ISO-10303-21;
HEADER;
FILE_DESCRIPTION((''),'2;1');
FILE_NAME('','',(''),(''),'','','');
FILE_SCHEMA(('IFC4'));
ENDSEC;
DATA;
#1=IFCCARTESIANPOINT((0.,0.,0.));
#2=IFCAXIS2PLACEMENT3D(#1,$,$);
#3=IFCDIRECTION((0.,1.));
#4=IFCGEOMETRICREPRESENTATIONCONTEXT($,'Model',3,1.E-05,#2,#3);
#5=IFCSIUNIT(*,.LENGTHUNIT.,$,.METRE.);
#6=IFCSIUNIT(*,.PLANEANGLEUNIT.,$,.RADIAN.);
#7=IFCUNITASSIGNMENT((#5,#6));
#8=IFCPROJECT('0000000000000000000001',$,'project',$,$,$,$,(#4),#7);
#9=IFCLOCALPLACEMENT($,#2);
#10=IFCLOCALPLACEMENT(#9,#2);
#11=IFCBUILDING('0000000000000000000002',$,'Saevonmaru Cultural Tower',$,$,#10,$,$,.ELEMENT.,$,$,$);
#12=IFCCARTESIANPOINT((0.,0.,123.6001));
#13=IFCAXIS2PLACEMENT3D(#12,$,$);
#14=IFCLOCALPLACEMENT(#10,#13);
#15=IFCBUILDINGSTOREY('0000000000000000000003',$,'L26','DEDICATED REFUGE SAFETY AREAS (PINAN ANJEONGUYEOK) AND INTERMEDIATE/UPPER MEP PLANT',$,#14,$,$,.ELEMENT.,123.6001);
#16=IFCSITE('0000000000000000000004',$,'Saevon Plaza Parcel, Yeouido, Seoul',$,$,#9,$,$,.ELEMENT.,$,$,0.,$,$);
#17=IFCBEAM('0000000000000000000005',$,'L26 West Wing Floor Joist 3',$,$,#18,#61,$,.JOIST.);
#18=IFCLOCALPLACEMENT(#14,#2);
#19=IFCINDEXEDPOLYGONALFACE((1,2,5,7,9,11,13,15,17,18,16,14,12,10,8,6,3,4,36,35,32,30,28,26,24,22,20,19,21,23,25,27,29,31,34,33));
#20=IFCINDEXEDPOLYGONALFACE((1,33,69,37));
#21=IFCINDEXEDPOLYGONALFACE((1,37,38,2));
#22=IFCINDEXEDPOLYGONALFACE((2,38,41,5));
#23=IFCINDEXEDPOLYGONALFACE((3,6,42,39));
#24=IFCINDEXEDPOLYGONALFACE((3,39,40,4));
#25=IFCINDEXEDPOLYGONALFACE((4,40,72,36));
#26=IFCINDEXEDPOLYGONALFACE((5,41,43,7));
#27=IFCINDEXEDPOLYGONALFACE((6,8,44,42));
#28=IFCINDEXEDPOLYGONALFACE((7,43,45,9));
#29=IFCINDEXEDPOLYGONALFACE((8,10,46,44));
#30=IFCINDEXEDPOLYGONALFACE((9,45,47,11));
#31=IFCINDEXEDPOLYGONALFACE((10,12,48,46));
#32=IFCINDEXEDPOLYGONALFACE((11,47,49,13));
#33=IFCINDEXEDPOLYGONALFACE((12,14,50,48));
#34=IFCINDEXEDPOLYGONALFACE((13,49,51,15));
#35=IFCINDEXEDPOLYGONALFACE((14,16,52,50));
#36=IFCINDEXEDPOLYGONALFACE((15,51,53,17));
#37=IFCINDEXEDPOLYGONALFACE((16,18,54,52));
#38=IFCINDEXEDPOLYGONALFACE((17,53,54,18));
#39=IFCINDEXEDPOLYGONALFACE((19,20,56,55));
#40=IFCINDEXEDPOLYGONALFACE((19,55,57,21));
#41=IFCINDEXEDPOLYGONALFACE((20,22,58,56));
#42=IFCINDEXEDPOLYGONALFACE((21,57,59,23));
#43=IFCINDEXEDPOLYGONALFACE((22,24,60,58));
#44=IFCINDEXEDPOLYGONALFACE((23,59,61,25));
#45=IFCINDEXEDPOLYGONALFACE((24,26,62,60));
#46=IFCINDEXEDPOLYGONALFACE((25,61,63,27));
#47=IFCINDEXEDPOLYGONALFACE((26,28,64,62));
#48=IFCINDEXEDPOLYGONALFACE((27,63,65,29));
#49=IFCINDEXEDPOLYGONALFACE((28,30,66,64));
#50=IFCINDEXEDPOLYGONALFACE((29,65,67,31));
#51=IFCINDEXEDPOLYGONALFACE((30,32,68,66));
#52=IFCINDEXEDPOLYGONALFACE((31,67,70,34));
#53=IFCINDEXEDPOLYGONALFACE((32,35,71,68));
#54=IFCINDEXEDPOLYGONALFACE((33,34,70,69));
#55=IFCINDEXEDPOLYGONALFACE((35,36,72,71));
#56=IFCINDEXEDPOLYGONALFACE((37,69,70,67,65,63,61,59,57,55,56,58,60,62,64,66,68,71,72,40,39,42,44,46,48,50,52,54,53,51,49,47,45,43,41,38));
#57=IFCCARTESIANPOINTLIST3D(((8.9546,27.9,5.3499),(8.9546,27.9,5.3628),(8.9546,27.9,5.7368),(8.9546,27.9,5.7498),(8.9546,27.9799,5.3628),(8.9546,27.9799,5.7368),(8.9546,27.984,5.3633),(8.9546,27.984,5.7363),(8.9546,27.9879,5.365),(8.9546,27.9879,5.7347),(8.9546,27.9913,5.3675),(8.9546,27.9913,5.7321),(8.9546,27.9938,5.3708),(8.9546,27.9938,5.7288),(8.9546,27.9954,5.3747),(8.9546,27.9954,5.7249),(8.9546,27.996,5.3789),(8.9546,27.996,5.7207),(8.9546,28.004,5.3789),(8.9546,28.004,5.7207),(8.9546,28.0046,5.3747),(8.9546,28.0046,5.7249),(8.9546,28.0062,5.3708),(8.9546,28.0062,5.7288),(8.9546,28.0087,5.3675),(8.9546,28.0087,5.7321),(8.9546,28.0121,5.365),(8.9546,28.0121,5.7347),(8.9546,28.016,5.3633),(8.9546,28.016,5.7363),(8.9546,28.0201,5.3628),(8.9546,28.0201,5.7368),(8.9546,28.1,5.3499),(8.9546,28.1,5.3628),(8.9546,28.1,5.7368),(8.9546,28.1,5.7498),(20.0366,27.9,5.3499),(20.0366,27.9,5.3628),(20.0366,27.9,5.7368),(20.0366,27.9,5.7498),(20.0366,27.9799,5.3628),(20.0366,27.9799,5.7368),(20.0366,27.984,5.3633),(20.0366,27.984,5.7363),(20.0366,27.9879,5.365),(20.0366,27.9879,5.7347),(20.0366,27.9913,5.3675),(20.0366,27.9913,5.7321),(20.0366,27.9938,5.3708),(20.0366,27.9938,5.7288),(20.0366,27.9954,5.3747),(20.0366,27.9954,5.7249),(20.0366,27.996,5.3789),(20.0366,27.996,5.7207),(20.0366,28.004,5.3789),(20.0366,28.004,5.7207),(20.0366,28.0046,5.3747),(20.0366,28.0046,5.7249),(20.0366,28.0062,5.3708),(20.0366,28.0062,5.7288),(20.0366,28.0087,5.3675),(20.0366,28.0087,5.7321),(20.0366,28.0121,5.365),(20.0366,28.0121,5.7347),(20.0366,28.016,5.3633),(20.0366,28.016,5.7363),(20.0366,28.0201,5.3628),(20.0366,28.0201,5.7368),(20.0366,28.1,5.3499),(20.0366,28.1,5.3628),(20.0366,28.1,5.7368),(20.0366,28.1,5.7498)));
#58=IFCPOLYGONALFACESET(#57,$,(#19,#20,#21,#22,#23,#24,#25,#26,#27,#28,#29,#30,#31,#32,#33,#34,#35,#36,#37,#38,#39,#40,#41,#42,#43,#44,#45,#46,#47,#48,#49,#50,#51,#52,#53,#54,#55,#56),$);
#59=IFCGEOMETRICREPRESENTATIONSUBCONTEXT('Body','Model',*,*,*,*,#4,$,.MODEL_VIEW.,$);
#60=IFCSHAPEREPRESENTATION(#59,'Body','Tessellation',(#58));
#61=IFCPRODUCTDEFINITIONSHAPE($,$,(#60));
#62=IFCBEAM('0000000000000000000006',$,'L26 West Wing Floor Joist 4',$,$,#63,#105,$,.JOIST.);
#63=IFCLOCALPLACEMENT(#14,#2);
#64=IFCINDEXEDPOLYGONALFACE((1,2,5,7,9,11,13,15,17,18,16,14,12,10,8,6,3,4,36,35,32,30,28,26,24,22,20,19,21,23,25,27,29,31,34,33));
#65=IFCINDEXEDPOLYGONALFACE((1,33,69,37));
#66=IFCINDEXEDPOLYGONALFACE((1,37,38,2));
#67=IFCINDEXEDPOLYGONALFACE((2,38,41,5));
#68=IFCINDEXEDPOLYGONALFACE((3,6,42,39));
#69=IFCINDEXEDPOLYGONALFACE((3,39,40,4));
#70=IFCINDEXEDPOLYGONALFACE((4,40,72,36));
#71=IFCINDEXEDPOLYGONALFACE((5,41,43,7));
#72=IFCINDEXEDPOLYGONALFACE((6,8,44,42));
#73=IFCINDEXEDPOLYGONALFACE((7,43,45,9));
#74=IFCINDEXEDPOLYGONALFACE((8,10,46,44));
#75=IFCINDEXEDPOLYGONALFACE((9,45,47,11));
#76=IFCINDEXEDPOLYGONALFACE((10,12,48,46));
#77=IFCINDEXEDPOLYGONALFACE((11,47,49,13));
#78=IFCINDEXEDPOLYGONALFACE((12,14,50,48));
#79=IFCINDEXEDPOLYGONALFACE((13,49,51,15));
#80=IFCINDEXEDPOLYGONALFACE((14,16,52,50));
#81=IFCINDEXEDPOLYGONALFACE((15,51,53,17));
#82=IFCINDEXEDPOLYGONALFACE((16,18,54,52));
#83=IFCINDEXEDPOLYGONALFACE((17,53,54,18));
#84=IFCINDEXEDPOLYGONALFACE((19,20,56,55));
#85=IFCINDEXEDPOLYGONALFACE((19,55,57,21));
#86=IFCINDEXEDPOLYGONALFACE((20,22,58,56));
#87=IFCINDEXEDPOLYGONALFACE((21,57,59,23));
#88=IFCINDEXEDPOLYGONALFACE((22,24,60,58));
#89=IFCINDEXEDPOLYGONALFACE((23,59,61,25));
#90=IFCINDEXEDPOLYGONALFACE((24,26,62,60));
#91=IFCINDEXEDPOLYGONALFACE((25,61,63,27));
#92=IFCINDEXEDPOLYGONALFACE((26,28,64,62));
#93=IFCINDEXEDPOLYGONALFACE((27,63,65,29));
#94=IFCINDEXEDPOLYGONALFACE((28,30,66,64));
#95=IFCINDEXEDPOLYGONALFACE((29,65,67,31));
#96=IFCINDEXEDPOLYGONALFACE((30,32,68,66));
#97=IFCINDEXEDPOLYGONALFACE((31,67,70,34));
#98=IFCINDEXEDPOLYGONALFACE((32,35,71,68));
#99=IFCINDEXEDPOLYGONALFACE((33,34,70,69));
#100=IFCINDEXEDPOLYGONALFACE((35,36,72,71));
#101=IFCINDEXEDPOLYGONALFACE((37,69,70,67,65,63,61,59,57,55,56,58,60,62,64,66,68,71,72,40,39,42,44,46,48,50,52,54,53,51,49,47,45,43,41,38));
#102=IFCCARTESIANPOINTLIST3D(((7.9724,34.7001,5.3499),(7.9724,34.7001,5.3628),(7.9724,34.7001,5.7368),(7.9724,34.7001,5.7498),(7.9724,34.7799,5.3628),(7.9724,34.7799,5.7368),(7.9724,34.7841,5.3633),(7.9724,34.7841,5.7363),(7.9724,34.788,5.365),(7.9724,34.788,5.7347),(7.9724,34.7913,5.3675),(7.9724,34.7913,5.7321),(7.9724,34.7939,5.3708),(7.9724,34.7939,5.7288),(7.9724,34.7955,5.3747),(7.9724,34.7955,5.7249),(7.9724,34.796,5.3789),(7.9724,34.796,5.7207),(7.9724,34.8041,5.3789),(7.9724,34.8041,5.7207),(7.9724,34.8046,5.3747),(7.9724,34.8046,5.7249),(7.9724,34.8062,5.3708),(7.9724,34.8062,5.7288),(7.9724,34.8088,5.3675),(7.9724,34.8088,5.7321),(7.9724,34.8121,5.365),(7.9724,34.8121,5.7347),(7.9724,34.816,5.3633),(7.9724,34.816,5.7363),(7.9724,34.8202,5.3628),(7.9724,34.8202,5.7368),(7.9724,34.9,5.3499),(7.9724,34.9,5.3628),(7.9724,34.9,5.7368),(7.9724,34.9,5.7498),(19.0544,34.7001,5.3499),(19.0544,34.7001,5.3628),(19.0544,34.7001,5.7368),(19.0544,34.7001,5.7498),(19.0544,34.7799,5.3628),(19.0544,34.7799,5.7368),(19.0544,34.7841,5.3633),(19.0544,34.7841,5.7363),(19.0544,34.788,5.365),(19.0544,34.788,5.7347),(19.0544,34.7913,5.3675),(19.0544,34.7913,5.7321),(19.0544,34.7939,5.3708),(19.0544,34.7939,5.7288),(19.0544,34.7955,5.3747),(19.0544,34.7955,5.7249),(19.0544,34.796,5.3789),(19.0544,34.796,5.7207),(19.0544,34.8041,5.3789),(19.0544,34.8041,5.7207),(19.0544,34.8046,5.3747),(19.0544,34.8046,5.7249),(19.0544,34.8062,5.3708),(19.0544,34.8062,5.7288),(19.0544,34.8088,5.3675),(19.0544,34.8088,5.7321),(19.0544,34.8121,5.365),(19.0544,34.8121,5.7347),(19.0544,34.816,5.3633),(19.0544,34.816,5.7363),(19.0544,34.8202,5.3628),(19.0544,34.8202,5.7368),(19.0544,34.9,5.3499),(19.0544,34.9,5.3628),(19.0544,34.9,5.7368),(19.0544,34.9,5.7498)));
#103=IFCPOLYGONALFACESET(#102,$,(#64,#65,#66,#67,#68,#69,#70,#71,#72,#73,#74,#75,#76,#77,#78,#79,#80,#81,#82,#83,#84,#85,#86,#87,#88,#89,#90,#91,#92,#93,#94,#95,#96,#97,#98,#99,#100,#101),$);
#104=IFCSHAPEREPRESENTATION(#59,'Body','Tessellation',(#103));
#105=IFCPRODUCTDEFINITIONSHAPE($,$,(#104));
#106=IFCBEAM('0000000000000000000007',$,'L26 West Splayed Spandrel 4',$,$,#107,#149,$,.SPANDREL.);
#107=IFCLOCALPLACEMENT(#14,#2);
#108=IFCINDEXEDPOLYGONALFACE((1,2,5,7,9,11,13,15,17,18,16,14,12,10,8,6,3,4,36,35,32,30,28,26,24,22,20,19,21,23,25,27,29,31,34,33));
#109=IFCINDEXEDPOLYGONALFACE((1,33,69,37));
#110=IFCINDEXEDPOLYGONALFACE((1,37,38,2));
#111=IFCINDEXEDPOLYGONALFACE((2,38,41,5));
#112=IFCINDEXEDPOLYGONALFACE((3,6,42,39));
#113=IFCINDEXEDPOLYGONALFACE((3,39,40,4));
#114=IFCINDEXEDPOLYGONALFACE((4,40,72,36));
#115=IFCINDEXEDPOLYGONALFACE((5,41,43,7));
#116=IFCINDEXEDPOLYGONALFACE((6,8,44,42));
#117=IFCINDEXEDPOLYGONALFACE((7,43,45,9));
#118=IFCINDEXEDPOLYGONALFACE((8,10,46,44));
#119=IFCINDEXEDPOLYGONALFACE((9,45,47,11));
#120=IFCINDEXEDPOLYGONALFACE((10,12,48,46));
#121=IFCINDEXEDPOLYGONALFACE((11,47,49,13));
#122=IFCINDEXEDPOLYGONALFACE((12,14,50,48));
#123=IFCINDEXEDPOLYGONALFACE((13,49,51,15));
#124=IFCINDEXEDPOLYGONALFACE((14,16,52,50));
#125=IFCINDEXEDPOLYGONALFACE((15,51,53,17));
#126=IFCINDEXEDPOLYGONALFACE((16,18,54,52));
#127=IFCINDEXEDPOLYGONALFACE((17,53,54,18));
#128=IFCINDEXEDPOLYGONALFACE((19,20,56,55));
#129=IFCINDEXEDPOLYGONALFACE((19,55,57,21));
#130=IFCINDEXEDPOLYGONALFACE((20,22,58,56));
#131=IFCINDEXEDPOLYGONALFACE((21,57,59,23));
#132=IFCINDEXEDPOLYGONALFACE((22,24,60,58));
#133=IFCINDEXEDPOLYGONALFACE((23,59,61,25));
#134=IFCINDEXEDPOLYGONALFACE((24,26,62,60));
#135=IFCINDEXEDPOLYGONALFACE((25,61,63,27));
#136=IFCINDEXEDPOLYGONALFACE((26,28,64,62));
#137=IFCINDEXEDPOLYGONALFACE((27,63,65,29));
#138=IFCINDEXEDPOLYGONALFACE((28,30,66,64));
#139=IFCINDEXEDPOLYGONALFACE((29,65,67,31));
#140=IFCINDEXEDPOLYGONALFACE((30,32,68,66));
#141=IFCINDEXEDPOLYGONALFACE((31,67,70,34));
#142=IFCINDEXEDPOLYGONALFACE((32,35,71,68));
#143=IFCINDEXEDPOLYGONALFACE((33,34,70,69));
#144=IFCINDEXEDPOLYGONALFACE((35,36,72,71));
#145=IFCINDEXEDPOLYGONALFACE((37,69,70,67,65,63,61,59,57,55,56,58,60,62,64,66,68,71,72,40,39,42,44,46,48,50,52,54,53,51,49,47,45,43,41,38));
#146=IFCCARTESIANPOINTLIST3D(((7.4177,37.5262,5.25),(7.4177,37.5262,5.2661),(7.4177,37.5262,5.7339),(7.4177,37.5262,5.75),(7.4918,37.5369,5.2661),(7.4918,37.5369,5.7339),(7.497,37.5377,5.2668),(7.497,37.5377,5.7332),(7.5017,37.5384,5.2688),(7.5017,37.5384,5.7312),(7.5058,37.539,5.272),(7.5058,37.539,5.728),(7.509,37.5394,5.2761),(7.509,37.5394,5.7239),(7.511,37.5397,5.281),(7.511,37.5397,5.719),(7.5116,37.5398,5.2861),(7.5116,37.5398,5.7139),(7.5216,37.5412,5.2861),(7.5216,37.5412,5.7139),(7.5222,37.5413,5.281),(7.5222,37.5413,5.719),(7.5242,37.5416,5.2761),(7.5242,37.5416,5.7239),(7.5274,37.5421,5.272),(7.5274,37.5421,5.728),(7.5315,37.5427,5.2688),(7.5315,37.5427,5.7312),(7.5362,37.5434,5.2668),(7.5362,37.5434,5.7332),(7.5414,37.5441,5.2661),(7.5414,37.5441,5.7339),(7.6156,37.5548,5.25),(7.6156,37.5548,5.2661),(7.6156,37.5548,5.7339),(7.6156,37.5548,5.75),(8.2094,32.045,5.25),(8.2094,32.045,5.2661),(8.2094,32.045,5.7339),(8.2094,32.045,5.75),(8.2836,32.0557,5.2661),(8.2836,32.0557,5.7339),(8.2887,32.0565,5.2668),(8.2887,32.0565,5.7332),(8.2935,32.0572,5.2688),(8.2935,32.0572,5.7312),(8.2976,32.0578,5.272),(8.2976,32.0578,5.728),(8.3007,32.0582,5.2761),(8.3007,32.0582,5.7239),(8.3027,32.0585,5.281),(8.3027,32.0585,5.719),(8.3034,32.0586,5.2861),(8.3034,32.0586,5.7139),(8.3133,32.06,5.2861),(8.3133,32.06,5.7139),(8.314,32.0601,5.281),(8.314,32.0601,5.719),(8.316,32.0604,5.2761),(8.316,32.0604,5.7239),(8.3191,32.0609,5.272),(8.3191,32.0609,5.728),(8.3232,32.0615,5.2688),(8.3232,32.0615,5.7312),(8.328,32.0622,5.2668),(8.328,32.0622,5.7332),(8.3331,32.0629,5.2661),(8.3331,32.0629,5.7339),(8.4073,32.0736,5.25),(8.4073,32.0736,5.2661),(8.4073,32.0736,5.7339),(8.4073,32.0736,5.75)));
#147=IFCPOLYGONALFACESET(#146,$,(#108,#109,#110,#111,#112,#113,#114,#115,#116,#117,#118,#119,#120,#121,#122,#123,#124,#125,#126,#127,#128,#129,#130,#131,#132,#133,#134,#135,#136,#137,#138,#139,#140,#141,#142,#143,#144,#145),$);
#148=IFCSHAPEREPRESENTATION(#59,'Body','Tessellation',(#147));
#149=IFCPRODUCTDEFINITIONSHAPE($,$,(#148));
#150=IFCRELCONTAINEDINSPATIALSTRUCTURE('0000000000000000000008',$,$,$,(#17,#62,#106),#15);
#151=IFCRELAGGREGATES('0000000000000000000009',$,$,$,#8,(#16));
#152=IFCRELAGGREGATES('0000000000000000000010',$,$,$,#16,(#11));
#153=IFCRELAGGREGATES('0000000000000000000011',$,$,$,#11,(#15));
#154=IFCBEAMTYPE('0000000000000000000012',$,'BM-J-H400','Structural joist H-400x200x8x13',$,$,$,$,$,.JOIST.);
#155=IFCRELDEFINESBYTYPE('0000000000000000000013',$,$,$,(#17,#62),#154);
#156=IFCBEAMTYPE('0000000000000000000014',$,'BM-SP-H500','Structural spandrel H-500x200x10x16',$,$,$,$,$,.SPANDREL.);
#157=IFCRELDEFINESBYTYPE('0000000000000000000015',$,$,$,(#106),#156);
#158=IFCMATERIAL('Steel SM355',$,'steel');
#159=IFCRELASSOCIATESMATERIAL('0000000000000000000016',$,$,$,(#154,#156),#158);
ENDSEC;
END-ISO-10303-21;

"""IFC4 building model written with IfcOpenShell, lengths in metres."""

from ifc_helpers import new_model, si_unit, direction, frame, origin, origin_2d, place, context, subcontext, project, spatial, i_section, extrude, material, material_profile, profile_set, type_object, element, save


model = new_model("IFC4")

# Units and contexts
model_context = context("Model", 3, precision=1e-05, world=origin(), true_north=direction((0.0, 1.0)))
body_context = subcontext(model_context, "Body", "Model", "MODEL_VIEW")
ifc_project = project(units=[si_unit("LENGTHUNIT", "METRE"), si_unit("PLANEANGLEUNIT", "RADIAN")], contexts=[model_context])

# Site, building, storey
site_placement = place(None, origin())
site = spatial("IfcSite", under=ifc_project, at=site_placement, Name="Saevon Plaza Parcel, Yeouido, Seoul", CompositionType="ELEMENT", RefElevation=0.0)
building_placement = place(site_placement, origin())
building = spatial("IfcBuilding", under=site, at=building_placement, Name="Saevonmaru Cultural Tower", CompositionType="ELEMENT")
storey_placement = place(building_placement, frame((0.0, 0.0, 123.6001)))
storey = spatial("IfcBuildingStorey", under=building, at=storey_placement, Name="L26", Description="DEDICATED REFUGE SAFETY AREAS (PINAN ANJEONGUYEOK) AND INTERMEDIATE/UPPER MEP PLANT", CompositionType="ELEMENT", Elevation=123.6001)

# Shared definitions
ifc_material_1 = material(Name="Steel SM355", Category="steel")

# Beams
ifc_material_profile_1 = material_profile(ifc_material_1, i_section(OverallWidth=0.2, OverallDepth=0.3999, WebThickness=0.0081, FlangeThickness=0.0129, FilletRadius=0.0161, at=origin_2d()), Name="H-400x200x8x13")
ifc_profile_set_1 = profile_set([ifc_material_profile_1], Name="Steel SM355")
beam_type_1 = type_object("IfcBeamType", Name="BM-J-H400", Description="Structural joist H-400x200x8x13", PredefinedType="JOIST", material=ifc_profile_set_1)
for number, where, z_axis, x_axis, name in (
    (1, (8.9546, 28.0, 5.5498), (1.0, 0.0, 0.0), (0.0, 1.0, 0.0), "L26 West Wing Floor Joist 3"),
    (2, (7.9724, 34.8, 5.5498), (1.0, 0.0, 0.0), (0.0, 1.0, 0.0), "L26 West Wing Floor Joist 4"),
):
    element("IfcBeam", number, at=place(storey_placement, frame(where, z_axis=z_axis, x_axis=x_axis)), inside=storey, type_object=beam_type_1, Name=name, PredefinedType="JOIST", context=body_context, shape_type="SweptSolid", body=[
        extrude(i_section(OverallWidth=0.2, OverallDepth=0.3999, WebThickness=0.0081, FlangeThickness=0.0129, FilletRadius=0.0161, at=origin_2d()), origin(), (0.0, 0.0, 1.0), 11.082),
    ])
ifc_material_profile_2 = material_profile(ifc_material_1, i_section(OverallWidth=0.2, OverallDepth=0.5, WebThickness=0.01, FlangeThickness=0.0161, FilletRadius=0.02, at=origin_2d()), Name="H-500x200x10x16")
ifc_profile_set_2 = profile_set([ifc_material_profile_2], Name="Steel SM355")
beam_type_2 = type_object("IfcBeamType", Name="BM-SP-H500", Description="Structural spandrel H-500x200x10x16", PredefinedType="SPANDREL", material=ifc_profile_set_2)
beam_1_placement = place(storey_placement, frame((8.3083, 32.0593, 5.5), z_axis=(-0.142964, 0.989728, 0.0), x_axis=(-0.989728, -0.142964, 0.0)))
element("IfcBeam", 3, at=beam_1_placement, inside=storey, type_object=beam_type_2, Name="L26 West Splayed Spandrel 4", PredefinedType="SPANDREL", context=body_context, shape_type="SweptSolid", body=[
    extrude(i_section(OverallWidth=0.2, OverallDepth=0.5, WebThickness=0.01, FlangeThickness=0.0161, FilletRadius=0.02, at=origin_2d()), origin(), (0.0, 0.0, 1.0), 5.5381),
])

save(model, "model.ifc")
